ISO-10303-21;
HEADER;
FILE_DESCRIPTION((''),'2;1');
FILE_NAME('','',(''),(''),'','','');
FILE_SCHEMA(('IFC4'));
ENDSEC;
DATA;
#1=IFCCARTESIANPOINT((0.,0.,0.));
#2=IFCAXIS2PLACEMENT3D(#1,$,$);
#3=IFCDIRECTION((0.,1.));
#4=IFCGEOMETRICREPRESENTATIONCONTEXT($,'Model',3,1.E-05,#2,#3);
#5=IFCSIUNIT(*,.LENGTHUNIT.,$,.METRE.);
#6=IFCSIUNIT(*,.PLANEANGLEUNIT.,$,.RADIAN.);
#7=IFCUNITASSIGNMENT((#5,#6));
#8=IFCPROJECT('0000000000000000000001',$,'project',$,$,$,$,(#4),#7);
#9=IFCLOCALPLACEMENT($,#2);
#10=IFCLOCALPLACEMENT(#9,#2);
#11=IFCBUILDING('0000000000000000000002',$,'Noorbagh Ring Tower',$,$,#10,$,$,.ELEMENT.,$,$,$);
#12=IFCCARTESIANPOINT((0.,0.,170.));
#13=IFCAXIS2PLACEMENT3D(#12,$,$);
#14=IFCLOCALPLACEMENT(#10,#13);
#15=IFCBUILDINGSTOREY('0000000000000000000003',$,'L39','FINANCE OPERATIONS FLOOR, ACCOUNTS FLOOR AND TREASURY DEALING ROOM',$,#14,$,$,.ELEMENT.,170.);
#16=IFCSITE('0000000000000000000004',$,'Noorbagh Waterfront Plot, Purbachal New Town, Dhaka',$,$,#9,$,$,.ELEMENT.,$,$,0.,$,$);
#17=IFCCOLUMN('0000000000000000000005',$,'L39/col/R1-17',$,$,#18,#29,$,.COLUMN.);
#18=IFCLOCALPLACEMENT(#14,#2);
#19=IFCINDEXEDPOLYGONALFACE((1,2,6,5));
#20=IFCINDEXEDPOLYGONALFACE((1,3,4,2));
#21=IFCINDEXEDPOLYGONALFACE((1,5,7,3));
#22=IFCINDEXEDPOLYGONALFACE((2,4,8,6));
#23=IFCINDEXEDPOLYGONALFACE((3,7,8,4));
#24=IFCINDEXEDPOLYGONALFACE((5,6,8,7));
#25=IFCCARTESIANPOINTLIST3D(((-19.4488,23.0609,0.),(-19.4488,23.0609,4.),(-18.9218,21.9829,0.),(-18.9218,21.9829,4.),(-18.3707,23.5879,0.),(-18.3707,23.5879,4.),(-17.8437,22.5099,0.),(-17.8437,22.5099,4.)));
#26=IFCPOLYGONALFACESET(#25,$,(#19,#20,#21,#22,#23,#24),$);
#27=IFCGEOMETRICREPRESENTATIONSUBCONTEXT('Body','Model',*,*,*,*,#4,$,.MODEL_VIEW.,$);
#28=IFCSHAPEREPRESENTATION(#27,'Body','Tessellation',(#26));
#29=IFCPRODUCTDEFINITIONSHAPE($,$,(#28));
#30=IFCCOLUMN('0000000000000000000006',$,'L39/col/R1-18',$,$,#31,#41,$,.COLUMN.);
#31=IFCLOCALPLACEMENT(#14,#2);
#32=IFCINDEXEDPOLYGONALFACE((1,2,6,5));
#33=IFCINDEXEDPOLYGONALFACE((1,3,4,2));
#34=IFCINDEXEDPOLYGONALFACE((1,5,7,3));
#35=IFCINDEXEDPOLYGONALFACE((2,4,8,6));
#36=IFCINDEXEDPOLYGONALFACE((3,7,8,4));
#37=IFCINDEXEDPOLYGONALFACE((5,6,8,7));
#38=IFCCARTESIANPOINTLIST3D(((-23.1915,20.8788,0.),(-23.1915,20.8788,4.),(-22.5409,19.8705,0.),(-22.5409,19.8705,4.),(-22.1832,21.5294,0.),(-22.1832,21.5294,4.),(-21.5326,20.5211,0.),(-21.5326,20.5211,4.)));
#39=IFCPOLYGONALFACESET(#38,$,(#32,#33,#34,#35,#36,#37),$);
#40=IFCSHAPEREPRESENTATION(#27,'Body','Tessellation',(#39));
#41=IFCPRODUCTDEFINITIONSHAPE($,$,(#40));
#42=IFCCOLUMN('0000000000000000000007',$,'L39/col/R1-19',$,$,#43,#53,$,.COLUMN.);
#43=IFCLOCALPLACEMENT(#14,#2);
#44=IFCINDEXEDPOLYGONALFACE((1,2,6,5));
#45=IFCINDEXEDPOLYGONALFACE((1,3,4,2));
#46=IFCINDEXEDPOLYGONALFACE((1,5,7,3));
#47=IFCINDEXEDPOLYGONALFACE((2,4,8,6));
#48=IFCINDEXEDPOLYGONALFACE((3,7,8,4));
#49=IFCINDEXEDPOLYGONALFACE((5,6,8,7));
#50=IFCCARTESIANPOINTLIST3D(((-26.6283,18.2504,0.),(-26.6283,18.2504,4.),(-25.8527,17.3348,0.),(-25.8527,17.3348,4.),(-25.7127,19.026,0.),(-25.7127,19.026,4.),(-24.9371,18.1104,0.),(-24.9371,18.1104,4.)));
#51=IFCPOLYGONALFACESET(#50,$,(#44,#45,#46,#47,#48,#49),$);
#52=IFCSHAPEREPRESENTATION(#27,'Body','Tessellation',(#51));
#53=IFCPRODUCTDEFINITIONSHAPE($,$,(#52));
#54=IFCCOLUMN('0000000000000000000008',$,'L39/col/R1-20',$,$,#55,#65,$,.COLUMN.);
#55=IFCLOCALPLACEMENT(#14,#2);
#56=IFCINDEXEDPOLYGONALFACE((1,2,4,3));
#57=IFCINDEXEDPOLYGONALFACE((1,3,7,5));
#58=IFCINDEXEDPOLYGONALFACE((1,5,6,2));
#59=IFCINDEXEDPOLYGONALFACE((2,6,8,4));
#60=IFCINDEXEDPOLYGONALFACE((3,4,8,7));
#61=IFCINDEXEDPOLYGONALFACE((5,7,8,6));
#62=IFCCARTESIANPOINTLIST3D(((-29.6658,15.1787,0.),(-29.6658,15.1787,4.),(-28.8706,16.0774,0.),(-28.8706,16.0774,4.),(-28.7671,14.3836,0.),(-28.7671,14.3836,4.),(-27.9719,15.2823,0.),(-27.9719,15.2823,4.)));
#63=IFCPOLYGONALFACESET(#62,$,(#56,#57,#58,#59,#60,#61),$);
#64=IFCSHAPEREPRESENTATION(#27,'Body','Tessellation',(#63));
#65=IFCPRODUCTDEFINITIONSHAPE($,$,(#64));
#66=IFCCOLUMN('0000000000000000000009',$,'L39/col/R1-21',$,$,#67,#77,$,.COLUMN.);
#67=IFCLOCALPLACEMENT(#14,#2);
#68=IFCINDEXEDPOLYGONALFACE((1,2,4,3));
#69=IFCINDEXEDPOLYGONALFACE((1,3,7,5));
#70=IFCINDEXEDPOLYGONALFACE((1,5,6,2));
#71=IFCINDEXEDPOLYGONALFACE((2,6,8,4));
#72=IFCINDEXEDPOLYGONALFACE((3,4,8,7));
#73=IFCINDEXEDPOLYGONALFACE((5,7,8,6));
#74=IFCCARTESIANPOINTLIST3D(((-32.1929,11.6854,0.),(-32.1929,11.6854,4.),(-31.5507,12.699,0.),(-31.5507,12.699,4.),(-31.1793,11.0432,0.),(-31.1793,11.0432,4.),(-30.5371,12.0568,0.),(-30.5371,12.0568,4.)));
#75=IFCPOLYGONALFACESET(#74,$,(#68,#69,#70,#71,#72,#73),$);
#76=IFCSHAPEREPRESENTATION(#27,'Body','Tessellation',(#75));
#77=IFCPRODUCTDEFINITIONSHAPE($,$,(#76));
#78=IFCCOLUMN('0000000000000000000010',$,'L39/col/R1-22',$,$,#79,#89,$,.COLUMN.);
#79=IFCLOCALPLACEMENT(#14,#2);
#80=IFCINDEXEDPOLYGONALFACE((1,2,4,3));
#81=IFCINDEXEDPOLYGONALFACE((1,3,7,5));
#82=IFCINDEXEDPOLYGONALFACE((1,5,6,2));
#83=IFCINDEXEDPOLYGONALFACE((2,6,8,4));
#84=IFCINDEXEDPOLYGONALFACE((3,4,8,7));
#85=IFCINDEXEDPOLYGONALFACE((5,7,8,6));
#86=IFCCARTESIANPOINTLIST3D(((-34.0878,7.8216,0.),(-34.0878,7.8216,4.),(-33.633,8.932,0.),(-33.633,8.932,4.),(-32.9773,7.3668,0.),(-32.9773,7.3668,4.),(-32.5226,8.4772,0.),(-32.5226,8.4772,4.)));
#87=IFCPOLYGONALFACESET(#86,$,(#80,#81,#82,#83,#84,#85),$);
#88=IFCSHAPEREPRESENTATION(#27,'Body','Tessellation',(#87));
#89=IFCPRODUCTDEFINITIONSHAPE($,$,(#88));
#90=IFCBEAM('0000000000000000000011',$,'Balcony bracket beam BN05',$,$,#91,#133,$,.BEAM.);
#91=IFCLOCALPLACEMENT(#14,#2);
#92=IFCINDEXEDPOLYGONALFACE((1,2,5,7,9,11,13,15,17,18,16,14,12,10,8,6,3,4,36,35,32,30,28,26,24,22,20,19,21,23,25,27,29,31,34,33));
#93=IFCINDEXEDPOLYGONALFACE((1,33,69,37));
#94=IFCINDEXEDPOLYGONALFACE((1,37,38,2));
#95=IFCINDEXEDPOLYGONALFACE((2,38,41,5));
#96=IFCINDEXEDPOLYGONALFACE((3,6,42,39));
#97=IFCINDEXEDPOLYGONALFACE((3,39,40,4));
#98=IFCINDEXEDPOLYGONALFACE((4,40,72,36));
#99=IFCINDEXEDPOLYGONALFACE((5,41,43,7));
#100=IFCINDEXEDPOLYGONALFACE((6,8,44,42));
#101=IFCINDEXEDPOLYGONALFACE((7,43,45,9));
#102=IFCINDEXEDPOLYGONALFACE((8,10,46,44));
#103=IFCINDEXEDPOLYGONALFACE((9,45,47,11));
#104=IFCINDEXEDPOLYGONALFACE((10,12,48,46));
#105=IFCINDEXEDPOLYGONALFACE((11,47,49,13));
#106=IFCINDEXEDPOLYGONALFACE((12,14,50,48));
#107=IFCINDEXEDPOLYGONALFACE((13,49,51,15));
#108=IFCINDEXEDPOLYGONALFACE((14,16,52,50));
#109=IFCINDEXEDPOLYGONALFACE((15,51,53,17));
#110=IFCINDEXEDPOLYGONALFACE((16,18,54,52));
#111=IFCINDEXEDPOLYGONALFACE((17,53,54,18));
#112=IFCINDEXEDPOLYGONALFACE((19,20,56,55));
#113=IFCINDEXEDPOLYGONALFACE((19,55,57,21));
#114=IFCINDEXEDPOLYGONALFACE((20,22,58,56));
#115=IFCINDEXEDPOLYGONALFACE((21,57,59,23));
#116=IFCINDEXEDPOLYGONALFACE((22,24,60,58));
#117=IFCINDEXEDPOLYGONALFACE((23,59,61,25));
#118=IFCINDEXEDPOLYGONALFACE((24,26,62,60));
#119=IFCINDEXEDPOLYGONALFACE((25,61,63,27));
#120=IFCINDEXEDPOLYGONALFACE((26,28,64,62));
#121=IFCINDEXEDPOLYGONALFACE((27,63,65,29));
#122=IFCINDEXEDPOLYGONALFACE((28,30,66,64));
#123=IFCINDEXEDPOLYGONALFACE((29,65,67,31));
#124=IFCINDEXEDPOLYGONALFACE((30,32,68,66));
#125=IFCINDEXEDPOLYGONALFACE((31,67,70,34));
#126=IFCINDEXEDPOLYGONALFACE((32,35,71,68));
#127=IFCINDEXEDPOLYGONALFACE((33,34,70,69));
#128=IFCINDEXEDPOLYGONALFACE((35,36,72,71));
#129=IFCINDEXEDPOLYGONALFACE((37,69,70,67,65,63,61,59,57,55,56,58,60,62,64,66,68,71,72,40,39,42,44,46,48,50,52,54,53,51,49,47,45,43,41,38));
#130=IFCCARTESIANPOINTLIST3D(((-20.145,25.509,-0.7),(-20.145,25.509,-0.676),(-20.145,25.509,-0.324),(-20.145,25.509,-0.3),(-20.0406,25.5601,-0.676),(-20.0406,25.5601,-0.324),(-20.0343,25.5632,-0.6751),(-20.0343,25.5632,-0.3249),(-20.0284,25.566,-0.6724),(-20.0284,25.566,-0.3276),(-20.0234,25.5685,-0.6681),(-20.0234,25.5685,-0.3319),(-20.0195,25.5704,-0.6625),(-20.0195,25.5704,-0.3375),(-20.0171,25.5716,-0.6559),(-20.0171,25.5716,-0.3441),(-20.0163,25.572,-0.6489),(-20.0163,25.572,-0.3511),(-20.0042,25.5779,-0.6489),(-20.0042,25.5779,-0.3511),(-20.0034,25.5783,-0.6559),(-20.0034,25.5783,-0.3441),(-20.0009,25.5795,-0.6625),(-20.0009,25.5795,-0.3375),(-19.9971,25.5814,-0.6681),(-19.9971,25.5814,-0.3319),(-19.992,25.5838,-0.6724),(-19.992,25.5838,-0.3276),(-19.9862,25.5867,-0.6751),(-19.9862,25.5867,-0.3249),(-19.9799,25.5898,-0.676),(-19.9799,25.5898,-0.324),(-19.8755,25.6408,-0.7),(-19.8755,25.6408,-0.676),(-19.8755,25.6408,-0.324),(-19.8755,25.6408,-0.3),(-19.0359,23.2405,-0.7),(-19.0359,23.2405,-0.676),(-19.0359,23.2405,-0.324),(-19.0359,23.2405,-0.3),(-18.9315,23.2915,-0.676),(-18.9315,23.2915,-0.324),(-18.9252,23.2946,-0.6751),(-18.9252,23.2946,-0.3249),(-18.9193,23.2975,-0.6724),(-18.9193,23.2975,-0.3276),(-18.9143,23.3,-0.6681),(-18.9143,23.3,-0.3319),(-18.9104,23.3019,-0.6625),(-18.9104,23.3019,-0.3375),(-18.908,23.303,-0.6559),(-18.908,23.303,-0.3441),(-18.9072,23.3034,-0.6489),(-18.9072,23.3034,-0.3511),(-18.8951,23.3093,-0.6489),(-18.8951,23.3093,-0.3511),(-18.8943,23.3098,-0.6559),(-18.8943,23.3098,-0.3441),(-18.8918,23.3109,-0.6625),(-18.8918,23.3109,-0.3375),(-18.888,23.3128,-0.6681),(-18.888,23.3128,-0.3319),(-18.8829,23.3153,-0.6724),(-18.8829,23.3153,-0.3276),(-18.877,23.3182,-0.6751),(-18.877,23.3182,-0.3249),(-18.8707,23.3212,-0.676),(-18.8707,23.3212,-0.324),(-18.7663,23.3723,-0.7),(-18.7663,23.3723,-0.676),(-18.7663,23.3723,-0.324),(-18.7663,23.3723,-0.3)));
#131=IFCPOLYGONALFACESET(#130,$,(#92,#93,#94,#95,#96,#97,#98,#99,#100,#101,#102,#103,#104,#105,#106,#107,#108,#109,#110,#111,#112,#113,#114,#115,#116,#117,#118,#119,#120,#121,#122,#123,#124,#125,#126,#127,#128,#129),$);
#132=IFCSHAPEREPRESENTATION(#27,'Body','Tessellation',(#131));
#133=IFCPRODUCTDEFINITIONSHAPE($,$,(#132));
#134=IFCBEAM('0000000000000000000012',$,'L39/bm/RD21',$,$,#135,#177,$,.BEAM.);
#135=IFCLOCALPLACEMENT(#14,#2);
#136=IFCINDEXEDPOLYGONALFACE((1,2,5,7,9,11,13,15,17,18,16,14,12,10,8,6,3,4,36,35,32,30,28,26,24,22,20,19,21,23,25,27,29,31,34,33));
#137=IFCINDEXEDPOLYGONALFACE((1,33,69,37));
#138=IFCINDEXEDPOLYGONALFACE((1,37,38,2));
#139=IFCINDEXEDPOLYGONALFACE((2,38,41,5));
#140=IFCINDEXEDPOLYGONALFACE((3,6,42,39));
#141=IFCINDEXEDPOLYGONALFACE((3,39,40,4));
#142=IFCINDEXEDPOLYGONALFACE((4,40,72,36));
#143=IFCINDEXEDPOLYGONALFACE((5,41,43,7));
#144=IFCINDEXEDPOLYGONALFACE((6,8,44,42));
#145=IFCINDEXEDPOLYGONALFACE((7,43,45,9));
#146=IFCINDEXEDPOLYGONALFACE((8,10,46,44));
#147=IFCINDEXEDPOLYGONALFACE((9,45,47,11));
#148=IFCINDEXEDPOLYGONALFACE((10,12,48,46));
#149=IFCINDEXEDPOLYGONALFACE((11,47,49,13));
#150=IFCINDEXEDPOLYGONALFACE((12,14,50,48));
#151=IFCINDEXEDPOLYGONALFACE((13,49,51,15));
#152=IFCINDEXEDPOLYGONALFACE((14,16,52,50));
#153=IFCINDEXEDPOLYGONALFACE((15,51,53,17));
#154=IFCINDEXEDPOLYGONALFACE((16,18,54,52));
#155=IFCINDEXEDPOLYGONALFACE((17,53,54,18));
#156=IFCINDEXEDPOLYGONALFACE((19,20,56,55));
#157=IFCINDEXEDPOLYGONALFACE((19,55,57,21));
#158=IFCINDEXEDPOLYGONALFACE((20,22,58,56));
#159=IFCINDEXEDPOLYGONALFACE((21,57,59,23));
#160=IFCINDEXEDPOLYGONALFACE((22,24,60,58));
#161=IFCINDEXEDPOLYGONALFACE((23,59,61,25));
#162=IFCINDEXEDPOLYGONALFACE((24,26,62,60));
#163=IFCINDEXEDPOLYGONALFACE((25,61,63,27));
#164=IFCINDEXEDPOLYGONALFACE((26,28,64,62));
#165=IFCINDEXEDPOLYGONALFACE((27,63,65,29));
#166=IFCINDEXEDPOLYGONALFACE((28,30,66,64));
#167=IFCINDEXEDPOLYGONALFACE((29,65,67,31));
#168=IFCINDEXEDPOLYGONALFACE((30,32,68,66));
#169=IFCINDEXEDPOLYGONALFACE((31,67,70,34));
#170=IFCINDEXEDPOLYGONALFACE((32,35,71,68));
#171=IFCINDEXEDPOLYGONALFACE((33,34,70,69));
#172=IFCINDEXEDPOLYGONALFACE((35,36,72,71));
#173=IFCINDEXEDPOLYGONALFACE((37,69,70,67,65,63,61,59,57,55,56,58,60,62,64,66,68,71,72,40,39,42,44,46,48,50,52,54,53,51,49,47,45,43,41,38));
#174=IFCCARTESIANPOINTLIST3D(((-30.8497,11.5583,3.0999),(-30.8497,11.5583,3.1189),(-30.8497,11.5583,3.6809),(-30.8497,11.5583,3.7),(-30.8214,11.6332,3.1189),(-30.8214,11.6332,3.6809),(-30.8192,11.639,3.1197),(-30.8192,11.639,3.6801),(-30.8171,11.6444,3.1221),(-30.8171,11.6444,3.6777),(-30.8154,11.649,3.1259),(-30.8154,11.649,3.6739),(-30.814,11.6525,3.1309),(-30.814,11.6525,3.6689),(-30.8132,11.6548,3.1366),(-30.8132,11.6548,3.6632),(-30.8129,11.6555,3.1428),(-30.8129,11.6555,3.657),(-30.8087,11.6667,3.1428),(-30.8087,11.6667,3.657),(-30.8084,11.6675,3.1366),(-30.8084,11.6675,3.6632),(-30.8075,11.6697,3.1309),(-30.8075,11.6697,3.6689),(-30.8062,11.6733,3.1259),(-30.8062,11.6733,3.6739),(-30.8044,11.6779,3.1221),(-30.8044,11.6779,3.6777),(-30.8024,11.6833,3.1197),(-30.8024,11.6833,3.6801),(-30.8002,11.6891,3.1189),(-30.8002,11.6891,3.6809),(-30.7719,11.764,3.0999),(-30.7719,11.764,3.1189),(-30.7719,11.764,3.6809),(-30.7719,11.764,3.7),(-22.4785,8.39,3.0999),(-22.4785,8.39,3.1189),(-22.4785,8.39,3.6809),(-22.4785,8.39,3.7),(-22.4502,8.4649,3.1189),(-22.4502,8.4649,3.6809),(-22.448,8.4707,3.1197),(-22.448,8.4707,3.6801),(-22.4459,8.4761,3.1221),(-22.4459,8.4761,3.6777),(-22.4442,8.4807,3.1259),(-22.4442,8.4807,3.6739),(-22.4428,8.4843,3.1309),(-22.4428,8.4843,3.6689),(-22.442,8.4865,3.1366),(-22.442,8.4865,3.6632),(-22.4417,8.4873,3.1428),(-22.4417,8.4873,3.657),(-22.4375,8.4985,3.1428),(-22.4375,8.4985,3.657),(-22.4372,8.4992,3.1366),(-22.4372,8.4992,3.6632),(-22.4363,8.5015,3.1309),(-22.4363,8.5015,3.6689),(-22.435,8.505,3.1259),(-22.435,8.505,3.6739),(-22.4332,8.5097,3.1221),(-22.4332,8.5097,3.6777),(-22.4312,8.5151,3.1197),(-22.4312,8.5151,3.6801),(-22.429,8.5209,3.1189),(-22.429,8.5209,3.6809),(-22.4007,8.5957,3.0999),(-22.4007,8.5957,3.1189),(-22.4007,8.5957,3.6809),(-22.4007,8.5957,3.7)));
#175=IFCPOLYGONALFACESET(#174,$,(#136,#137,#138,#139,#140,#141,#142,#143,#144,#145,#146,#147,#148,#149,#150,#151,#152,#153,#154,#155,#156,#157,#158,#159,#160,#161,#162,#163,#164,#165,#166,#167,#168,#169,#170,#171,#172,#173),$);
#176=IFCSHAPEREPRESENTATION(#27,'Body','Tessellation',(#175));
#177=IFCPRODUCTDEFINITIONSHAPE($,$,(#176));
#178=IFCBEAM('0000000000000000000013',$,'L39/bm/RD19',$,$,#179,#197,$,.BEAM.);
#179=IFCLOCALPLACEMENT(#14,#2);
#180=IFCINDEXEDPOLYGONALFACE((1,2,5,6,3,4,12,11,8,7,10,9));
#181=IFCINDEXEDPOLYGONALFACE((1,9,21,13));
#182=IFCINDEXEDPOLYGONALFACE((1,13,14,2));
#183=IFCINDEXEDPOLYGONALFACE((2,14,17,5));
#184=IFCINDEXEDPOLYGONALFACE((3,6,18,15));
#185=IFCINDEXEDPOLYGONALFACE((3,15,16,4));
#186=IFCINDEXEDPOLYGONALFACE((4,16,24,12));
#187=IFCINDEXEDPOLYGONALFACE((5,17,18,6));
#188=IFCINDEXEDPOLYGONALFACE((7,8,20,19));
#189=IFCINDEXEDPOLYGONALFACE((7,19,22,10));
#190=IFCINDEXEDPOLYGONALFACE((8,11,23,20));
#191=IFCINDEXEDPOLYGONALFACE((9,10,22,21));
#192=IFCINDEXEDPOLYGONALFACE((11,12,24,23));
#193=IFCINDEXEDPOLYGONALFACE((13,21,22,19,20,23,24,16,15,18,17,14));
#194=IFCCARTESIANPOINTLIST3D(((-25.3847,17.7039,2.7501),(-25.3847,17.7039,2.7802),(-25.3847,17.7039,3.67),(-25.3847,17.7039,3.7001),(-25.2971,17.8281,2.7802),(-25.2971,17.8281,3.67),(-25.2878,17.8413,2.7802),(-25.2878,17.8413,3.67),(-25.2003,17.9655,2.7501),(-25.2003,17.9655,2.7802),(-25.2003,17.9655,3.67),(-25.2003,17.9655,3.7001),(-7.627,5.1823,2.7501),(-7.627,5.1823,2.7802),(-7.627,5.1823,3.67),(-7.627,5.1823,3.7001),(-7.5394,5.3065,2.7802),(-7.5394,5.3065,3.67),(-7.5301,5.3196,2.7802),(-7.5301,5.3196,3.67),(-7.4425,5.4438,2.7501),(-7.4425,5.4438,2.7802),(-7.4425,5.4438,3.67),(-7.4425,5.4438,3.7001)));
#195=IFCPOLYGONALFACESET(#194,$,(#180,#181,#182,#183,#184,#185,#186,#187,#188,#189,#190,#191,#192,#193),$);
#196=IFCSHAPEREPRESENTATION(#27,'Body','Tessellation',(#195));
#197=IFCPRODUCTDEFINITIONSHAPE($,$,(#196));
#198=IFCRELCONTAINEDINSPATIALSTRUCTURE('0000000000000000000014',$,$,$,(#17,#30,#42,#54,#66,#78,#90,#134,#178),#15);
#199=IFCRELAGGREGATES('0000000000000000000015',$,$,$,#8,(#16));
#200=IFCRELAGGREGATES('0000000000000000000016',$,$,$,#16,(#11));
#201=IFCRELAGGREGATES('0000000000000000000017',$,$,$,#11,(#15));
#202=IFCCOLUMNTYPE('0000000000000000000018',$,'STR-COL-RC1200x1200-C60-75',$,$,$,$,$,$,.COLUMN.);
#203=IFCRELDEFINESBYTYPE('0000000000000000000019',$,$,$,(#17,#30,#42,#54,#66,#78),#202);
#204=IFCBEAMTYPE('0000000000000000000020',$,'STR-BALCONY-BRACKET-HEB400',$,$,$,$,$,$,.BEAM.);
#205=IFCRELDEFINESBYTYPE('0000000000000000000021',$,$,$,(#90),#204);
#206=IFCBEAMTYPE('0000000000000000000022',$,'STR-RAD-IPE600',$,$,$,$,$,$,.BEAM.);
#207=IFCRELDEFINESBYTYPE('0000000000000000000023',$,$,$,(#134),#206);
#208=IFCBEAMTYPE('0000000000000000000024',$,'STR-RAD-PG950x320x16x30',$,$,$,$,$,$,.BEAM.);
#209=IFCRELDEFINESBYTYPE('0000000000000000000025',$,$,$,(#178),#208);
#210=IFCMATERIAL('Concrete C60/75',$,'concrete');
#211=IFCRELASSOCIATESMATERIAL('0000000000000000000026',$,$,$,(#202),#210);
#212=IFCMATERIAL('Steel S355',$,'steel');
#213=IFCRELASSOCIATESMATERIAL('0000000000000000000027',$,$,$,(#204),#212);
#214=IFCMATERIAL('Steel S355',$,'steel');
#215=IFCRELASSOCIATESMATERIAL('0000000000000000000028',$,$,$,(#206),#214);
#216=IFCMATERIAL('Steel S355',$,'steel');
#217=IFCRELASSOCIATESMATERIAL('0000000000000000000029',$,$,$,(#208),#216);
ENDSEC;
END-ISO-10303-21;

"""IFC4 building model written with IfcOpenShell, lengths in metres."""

from ifc_helpers import new_model, si_unit, direction, frame, origin, origin_2d, place, context, subcontext, project, spatial, rectangle, i_section, extrude, material, material_profile, profile_set, type_object, element, save


model = new_model("IFC4")

# Units and contexts
model_context = context("Model", 3, precision=1e-05, world=origin(), true_north=direction((0.0, 1.0)))
body_context = subcontext(model_context, "Body", "Model", "MODEL_VIEW")
ifc_project = project(units=[si_unit("LENGTHUNIT", "METRE"), si_unit("PLANEANGLEUNIT", "RADIAN")], contexts=[model_context])

# Site, building, storey
site_placement = place(None, origin())
site = spatial("IfcSite", under=ifc_project, at=site_placement, Name="Noorbagh Waterfront Plot, Purbachal New Town, Dhaka", CompositionType="ELEMENT", RefElevation=0.0)
building_placement = place(site_placement, origin())
building = spatial("IfcBuilding", under=site, at=building_placement, Name="Noorbagh Ring Tower", CompositionType="ELEMENT")
storey_placement = place(building_placement, frame((0.0, 0.0, 170.0)))
storey = spatial("IfcBuildingStorey", under=building, at=storey_placement, Name="L39", Description="FINANCE OPERATIONS FLOOR, ACCOUNTS FLOOR AND TREASURY DEALING ROOM", CompositionType="ELEMENT", Elevation=170.0)

# Columns
ifc_material_1 = material(Name="Concrete C60/75", Category="concrete")
ifc_material_profile_1 = material_profile(ifc_material_1, rectangle(XDim=1.2, YDim=1.2, at=origin_2d()), Name="RC1200x1200")
ifc_profile_set_1 = profile_set([ifc_material_profile_1], Name="Concrete C60/75")
column_type = type_object("IfcColumnType", Name="STR-COL-RC1200x1200-C60-75", PredefinedType="COLUMN", material=ifc_profile_set_1)
for number, where, z_axis, x_axis, name in (
    (1, (-18.6462, 22.7854, 0.0), (0.0, 0.0, 1.0), (-0.898399, -0.43918, 0.0), "L39/col/R1-17"),
    (2, (-22.3621, 20.7, 0.0), (0.0, 0.0, 1.0), (-0.840248, -0.542203, 0.0), "L39/col/R1-18"),
    (3, (-25.7827, 18.1804, 0.0), (0.0, 0.0, 1.0), (-0.763035, -0.646357, 0.0), "L39/col/R1-19"),
    (4, (-28.8188, 15.2305, 0.0), (0.0, 0.0, 1.0), (-0.662636, -0.748942, 0.0), "L39/col/R1-20"),
    (5, (-31.365, 11.8711, 0.0), (0.0, 0.0, 1.0), (-0.53519, -0.844731, 0.0), "L39/col/R1-21"),
    (6, (-33.3052, 8.1494, 0.0), (0.0, 0.0, 1.0), (-0.378989, -0.925401, 0.0), "L39/col/R1-22"),
):
    element("IfcColumn", number, at=place(storey_placement, frame(where, z_axis=z_axis, x_axis=x_axis)), inside=storey, type_object=column_type, Name=name, PredefinedType="COLUMN", context=body_context, shape_type="SweptSolid", body=[
        extrude(rectangle(XDim=1.2, YDim=1.2, at=origin_2d()), origin(), (0.0, 0.0, 1.0), 4.0),
    ])

# Beams
ifc_material_2 = material(Name="Steel S355", Category="steel")
ifc_material_profile_2 = material_profile(ifc_material_2, i_section(OverallWidth=0.3, OverallDepth=0.3999, WebThickness=0.0134, FlangeThickness=0.0239, FilletRadius=0.0271, at=origin_2d()), Name="HEB400")
ifc_profile_set_2 = profile_set([ifc_material_profile_2], Name="Steel S355")
beam_type_1 = type_object("IfcBeamType", Name="STR-BALCONY-BRACKET-HEB400", PredefinedType="BEAM", material=ifc_profile_set_2)
beam_1_placement = place(storey_placement, frame((-18.9011, 23.3064, -0.5), z_axis=(-0.439229, 0.898375, 0.0), x_axis=(-0.898375, -0.439229, 0.0)))
element("IfcBeam", 7, at=beam_1_placement, inside=storey, type_object=beam_type_1, Name="Balcony bracket beam BN05", PredefinedType="BEAM", context=body_context, shape_type="SweptSolid", body=[
    extrude(i_section(OverallWidth=0.3, OverallDepth=0.3999, WebThickness=0.0134, FlangeThickness=0.0239, FilletRadius=0.0271, at=origin_2d()), origin(), (0.0, 0.0, 1.0), 2.5251),
])
ifc_material_3 = material(Name="Steel S355", Category="steel")
ifc_material_profile_3 = material_profile(ifc_material_3, i_section(OverallWidth=0.22, OverallDepth=0.6001, WebThickness=0.012, FlangeThickness=0.019, FilletRadius=0.0239, at=origin_2d()), Name="IPE600")
ifc_profile_set_3 = profile_set([ifc_material_profile_3], Name="Steel S355")
beam_type_2 = type_object("IfcBeamType", Name="STR-RAD-IPE600", PredefinedType="BEAM", material=ifc_profile_set_3)
beam_2_placement = place(storey_placement, frame((-30.8108, 11.6611, 3.3999), z_axis=(0.935258, -0.353968, 0.0), x_axis=(0.353968, 0.935258, 0.0)))
element("IfcBeam", 8, at=beam_2_placement, inside=storey, type_object=beam_type_2, Name="L39/bm/RD21", PredefinedType="BEAM", context=body_context, shape_type="SweptSolid", body=[
    extrude(i_section(OverallWidth=0.22, OverallDepth=0.6001, WebThickness=0.012, FlangeThickness=0.019, FilletRadius=0.0239, at=origin_2d()), origin(), (0.0, 0.0, 1.0), 8.9507),
])
ifc_material_4 = material(Name="Steel S355", Category="steel")
ifc_material_profile_4 = material_profile(ifc_material_4, i_section(OverallWidth=0.3201, OverallDepth=0.95, WebThickness=0.0161, FlangeThickness=0.03, at=origin_2d()), Name="PG950x320x16x30")
ifc_profile_set_4 = profile_set([ifc_material_profile_4], Name="Steel S355")
beam_type_3 = type_object("IfcBeamType", Name="STR-RAD-PG950x320x16x30", PredefinedType="BEAM", material=ifc_profile_set_4)
beam_3_placement = place(storey_placement, frame((-25.2925, 17.8347, 3.2251), z_axis=(0.817254, -0.576278, 0.0), x_axis=(0.576278, 0.817254, 0.0)))
element("IfcBeam", 9, at=beam_3_placement, inside=storey, type_object=beam_type_3, Name="L39/bm/RD19", PredefinedType="BEAM", context=body_context, shape_type="SweptSolid", body=[
    extrude(i_section(OverallWidth=0.3201, OverallDepth=0.95, WebThickness=0.0161, FlangeThickness=0.03, at=origin_2d()), origin(), (0.0, 0.0, 1.0), 21.7285),
])

save(model, "model.ifc")
